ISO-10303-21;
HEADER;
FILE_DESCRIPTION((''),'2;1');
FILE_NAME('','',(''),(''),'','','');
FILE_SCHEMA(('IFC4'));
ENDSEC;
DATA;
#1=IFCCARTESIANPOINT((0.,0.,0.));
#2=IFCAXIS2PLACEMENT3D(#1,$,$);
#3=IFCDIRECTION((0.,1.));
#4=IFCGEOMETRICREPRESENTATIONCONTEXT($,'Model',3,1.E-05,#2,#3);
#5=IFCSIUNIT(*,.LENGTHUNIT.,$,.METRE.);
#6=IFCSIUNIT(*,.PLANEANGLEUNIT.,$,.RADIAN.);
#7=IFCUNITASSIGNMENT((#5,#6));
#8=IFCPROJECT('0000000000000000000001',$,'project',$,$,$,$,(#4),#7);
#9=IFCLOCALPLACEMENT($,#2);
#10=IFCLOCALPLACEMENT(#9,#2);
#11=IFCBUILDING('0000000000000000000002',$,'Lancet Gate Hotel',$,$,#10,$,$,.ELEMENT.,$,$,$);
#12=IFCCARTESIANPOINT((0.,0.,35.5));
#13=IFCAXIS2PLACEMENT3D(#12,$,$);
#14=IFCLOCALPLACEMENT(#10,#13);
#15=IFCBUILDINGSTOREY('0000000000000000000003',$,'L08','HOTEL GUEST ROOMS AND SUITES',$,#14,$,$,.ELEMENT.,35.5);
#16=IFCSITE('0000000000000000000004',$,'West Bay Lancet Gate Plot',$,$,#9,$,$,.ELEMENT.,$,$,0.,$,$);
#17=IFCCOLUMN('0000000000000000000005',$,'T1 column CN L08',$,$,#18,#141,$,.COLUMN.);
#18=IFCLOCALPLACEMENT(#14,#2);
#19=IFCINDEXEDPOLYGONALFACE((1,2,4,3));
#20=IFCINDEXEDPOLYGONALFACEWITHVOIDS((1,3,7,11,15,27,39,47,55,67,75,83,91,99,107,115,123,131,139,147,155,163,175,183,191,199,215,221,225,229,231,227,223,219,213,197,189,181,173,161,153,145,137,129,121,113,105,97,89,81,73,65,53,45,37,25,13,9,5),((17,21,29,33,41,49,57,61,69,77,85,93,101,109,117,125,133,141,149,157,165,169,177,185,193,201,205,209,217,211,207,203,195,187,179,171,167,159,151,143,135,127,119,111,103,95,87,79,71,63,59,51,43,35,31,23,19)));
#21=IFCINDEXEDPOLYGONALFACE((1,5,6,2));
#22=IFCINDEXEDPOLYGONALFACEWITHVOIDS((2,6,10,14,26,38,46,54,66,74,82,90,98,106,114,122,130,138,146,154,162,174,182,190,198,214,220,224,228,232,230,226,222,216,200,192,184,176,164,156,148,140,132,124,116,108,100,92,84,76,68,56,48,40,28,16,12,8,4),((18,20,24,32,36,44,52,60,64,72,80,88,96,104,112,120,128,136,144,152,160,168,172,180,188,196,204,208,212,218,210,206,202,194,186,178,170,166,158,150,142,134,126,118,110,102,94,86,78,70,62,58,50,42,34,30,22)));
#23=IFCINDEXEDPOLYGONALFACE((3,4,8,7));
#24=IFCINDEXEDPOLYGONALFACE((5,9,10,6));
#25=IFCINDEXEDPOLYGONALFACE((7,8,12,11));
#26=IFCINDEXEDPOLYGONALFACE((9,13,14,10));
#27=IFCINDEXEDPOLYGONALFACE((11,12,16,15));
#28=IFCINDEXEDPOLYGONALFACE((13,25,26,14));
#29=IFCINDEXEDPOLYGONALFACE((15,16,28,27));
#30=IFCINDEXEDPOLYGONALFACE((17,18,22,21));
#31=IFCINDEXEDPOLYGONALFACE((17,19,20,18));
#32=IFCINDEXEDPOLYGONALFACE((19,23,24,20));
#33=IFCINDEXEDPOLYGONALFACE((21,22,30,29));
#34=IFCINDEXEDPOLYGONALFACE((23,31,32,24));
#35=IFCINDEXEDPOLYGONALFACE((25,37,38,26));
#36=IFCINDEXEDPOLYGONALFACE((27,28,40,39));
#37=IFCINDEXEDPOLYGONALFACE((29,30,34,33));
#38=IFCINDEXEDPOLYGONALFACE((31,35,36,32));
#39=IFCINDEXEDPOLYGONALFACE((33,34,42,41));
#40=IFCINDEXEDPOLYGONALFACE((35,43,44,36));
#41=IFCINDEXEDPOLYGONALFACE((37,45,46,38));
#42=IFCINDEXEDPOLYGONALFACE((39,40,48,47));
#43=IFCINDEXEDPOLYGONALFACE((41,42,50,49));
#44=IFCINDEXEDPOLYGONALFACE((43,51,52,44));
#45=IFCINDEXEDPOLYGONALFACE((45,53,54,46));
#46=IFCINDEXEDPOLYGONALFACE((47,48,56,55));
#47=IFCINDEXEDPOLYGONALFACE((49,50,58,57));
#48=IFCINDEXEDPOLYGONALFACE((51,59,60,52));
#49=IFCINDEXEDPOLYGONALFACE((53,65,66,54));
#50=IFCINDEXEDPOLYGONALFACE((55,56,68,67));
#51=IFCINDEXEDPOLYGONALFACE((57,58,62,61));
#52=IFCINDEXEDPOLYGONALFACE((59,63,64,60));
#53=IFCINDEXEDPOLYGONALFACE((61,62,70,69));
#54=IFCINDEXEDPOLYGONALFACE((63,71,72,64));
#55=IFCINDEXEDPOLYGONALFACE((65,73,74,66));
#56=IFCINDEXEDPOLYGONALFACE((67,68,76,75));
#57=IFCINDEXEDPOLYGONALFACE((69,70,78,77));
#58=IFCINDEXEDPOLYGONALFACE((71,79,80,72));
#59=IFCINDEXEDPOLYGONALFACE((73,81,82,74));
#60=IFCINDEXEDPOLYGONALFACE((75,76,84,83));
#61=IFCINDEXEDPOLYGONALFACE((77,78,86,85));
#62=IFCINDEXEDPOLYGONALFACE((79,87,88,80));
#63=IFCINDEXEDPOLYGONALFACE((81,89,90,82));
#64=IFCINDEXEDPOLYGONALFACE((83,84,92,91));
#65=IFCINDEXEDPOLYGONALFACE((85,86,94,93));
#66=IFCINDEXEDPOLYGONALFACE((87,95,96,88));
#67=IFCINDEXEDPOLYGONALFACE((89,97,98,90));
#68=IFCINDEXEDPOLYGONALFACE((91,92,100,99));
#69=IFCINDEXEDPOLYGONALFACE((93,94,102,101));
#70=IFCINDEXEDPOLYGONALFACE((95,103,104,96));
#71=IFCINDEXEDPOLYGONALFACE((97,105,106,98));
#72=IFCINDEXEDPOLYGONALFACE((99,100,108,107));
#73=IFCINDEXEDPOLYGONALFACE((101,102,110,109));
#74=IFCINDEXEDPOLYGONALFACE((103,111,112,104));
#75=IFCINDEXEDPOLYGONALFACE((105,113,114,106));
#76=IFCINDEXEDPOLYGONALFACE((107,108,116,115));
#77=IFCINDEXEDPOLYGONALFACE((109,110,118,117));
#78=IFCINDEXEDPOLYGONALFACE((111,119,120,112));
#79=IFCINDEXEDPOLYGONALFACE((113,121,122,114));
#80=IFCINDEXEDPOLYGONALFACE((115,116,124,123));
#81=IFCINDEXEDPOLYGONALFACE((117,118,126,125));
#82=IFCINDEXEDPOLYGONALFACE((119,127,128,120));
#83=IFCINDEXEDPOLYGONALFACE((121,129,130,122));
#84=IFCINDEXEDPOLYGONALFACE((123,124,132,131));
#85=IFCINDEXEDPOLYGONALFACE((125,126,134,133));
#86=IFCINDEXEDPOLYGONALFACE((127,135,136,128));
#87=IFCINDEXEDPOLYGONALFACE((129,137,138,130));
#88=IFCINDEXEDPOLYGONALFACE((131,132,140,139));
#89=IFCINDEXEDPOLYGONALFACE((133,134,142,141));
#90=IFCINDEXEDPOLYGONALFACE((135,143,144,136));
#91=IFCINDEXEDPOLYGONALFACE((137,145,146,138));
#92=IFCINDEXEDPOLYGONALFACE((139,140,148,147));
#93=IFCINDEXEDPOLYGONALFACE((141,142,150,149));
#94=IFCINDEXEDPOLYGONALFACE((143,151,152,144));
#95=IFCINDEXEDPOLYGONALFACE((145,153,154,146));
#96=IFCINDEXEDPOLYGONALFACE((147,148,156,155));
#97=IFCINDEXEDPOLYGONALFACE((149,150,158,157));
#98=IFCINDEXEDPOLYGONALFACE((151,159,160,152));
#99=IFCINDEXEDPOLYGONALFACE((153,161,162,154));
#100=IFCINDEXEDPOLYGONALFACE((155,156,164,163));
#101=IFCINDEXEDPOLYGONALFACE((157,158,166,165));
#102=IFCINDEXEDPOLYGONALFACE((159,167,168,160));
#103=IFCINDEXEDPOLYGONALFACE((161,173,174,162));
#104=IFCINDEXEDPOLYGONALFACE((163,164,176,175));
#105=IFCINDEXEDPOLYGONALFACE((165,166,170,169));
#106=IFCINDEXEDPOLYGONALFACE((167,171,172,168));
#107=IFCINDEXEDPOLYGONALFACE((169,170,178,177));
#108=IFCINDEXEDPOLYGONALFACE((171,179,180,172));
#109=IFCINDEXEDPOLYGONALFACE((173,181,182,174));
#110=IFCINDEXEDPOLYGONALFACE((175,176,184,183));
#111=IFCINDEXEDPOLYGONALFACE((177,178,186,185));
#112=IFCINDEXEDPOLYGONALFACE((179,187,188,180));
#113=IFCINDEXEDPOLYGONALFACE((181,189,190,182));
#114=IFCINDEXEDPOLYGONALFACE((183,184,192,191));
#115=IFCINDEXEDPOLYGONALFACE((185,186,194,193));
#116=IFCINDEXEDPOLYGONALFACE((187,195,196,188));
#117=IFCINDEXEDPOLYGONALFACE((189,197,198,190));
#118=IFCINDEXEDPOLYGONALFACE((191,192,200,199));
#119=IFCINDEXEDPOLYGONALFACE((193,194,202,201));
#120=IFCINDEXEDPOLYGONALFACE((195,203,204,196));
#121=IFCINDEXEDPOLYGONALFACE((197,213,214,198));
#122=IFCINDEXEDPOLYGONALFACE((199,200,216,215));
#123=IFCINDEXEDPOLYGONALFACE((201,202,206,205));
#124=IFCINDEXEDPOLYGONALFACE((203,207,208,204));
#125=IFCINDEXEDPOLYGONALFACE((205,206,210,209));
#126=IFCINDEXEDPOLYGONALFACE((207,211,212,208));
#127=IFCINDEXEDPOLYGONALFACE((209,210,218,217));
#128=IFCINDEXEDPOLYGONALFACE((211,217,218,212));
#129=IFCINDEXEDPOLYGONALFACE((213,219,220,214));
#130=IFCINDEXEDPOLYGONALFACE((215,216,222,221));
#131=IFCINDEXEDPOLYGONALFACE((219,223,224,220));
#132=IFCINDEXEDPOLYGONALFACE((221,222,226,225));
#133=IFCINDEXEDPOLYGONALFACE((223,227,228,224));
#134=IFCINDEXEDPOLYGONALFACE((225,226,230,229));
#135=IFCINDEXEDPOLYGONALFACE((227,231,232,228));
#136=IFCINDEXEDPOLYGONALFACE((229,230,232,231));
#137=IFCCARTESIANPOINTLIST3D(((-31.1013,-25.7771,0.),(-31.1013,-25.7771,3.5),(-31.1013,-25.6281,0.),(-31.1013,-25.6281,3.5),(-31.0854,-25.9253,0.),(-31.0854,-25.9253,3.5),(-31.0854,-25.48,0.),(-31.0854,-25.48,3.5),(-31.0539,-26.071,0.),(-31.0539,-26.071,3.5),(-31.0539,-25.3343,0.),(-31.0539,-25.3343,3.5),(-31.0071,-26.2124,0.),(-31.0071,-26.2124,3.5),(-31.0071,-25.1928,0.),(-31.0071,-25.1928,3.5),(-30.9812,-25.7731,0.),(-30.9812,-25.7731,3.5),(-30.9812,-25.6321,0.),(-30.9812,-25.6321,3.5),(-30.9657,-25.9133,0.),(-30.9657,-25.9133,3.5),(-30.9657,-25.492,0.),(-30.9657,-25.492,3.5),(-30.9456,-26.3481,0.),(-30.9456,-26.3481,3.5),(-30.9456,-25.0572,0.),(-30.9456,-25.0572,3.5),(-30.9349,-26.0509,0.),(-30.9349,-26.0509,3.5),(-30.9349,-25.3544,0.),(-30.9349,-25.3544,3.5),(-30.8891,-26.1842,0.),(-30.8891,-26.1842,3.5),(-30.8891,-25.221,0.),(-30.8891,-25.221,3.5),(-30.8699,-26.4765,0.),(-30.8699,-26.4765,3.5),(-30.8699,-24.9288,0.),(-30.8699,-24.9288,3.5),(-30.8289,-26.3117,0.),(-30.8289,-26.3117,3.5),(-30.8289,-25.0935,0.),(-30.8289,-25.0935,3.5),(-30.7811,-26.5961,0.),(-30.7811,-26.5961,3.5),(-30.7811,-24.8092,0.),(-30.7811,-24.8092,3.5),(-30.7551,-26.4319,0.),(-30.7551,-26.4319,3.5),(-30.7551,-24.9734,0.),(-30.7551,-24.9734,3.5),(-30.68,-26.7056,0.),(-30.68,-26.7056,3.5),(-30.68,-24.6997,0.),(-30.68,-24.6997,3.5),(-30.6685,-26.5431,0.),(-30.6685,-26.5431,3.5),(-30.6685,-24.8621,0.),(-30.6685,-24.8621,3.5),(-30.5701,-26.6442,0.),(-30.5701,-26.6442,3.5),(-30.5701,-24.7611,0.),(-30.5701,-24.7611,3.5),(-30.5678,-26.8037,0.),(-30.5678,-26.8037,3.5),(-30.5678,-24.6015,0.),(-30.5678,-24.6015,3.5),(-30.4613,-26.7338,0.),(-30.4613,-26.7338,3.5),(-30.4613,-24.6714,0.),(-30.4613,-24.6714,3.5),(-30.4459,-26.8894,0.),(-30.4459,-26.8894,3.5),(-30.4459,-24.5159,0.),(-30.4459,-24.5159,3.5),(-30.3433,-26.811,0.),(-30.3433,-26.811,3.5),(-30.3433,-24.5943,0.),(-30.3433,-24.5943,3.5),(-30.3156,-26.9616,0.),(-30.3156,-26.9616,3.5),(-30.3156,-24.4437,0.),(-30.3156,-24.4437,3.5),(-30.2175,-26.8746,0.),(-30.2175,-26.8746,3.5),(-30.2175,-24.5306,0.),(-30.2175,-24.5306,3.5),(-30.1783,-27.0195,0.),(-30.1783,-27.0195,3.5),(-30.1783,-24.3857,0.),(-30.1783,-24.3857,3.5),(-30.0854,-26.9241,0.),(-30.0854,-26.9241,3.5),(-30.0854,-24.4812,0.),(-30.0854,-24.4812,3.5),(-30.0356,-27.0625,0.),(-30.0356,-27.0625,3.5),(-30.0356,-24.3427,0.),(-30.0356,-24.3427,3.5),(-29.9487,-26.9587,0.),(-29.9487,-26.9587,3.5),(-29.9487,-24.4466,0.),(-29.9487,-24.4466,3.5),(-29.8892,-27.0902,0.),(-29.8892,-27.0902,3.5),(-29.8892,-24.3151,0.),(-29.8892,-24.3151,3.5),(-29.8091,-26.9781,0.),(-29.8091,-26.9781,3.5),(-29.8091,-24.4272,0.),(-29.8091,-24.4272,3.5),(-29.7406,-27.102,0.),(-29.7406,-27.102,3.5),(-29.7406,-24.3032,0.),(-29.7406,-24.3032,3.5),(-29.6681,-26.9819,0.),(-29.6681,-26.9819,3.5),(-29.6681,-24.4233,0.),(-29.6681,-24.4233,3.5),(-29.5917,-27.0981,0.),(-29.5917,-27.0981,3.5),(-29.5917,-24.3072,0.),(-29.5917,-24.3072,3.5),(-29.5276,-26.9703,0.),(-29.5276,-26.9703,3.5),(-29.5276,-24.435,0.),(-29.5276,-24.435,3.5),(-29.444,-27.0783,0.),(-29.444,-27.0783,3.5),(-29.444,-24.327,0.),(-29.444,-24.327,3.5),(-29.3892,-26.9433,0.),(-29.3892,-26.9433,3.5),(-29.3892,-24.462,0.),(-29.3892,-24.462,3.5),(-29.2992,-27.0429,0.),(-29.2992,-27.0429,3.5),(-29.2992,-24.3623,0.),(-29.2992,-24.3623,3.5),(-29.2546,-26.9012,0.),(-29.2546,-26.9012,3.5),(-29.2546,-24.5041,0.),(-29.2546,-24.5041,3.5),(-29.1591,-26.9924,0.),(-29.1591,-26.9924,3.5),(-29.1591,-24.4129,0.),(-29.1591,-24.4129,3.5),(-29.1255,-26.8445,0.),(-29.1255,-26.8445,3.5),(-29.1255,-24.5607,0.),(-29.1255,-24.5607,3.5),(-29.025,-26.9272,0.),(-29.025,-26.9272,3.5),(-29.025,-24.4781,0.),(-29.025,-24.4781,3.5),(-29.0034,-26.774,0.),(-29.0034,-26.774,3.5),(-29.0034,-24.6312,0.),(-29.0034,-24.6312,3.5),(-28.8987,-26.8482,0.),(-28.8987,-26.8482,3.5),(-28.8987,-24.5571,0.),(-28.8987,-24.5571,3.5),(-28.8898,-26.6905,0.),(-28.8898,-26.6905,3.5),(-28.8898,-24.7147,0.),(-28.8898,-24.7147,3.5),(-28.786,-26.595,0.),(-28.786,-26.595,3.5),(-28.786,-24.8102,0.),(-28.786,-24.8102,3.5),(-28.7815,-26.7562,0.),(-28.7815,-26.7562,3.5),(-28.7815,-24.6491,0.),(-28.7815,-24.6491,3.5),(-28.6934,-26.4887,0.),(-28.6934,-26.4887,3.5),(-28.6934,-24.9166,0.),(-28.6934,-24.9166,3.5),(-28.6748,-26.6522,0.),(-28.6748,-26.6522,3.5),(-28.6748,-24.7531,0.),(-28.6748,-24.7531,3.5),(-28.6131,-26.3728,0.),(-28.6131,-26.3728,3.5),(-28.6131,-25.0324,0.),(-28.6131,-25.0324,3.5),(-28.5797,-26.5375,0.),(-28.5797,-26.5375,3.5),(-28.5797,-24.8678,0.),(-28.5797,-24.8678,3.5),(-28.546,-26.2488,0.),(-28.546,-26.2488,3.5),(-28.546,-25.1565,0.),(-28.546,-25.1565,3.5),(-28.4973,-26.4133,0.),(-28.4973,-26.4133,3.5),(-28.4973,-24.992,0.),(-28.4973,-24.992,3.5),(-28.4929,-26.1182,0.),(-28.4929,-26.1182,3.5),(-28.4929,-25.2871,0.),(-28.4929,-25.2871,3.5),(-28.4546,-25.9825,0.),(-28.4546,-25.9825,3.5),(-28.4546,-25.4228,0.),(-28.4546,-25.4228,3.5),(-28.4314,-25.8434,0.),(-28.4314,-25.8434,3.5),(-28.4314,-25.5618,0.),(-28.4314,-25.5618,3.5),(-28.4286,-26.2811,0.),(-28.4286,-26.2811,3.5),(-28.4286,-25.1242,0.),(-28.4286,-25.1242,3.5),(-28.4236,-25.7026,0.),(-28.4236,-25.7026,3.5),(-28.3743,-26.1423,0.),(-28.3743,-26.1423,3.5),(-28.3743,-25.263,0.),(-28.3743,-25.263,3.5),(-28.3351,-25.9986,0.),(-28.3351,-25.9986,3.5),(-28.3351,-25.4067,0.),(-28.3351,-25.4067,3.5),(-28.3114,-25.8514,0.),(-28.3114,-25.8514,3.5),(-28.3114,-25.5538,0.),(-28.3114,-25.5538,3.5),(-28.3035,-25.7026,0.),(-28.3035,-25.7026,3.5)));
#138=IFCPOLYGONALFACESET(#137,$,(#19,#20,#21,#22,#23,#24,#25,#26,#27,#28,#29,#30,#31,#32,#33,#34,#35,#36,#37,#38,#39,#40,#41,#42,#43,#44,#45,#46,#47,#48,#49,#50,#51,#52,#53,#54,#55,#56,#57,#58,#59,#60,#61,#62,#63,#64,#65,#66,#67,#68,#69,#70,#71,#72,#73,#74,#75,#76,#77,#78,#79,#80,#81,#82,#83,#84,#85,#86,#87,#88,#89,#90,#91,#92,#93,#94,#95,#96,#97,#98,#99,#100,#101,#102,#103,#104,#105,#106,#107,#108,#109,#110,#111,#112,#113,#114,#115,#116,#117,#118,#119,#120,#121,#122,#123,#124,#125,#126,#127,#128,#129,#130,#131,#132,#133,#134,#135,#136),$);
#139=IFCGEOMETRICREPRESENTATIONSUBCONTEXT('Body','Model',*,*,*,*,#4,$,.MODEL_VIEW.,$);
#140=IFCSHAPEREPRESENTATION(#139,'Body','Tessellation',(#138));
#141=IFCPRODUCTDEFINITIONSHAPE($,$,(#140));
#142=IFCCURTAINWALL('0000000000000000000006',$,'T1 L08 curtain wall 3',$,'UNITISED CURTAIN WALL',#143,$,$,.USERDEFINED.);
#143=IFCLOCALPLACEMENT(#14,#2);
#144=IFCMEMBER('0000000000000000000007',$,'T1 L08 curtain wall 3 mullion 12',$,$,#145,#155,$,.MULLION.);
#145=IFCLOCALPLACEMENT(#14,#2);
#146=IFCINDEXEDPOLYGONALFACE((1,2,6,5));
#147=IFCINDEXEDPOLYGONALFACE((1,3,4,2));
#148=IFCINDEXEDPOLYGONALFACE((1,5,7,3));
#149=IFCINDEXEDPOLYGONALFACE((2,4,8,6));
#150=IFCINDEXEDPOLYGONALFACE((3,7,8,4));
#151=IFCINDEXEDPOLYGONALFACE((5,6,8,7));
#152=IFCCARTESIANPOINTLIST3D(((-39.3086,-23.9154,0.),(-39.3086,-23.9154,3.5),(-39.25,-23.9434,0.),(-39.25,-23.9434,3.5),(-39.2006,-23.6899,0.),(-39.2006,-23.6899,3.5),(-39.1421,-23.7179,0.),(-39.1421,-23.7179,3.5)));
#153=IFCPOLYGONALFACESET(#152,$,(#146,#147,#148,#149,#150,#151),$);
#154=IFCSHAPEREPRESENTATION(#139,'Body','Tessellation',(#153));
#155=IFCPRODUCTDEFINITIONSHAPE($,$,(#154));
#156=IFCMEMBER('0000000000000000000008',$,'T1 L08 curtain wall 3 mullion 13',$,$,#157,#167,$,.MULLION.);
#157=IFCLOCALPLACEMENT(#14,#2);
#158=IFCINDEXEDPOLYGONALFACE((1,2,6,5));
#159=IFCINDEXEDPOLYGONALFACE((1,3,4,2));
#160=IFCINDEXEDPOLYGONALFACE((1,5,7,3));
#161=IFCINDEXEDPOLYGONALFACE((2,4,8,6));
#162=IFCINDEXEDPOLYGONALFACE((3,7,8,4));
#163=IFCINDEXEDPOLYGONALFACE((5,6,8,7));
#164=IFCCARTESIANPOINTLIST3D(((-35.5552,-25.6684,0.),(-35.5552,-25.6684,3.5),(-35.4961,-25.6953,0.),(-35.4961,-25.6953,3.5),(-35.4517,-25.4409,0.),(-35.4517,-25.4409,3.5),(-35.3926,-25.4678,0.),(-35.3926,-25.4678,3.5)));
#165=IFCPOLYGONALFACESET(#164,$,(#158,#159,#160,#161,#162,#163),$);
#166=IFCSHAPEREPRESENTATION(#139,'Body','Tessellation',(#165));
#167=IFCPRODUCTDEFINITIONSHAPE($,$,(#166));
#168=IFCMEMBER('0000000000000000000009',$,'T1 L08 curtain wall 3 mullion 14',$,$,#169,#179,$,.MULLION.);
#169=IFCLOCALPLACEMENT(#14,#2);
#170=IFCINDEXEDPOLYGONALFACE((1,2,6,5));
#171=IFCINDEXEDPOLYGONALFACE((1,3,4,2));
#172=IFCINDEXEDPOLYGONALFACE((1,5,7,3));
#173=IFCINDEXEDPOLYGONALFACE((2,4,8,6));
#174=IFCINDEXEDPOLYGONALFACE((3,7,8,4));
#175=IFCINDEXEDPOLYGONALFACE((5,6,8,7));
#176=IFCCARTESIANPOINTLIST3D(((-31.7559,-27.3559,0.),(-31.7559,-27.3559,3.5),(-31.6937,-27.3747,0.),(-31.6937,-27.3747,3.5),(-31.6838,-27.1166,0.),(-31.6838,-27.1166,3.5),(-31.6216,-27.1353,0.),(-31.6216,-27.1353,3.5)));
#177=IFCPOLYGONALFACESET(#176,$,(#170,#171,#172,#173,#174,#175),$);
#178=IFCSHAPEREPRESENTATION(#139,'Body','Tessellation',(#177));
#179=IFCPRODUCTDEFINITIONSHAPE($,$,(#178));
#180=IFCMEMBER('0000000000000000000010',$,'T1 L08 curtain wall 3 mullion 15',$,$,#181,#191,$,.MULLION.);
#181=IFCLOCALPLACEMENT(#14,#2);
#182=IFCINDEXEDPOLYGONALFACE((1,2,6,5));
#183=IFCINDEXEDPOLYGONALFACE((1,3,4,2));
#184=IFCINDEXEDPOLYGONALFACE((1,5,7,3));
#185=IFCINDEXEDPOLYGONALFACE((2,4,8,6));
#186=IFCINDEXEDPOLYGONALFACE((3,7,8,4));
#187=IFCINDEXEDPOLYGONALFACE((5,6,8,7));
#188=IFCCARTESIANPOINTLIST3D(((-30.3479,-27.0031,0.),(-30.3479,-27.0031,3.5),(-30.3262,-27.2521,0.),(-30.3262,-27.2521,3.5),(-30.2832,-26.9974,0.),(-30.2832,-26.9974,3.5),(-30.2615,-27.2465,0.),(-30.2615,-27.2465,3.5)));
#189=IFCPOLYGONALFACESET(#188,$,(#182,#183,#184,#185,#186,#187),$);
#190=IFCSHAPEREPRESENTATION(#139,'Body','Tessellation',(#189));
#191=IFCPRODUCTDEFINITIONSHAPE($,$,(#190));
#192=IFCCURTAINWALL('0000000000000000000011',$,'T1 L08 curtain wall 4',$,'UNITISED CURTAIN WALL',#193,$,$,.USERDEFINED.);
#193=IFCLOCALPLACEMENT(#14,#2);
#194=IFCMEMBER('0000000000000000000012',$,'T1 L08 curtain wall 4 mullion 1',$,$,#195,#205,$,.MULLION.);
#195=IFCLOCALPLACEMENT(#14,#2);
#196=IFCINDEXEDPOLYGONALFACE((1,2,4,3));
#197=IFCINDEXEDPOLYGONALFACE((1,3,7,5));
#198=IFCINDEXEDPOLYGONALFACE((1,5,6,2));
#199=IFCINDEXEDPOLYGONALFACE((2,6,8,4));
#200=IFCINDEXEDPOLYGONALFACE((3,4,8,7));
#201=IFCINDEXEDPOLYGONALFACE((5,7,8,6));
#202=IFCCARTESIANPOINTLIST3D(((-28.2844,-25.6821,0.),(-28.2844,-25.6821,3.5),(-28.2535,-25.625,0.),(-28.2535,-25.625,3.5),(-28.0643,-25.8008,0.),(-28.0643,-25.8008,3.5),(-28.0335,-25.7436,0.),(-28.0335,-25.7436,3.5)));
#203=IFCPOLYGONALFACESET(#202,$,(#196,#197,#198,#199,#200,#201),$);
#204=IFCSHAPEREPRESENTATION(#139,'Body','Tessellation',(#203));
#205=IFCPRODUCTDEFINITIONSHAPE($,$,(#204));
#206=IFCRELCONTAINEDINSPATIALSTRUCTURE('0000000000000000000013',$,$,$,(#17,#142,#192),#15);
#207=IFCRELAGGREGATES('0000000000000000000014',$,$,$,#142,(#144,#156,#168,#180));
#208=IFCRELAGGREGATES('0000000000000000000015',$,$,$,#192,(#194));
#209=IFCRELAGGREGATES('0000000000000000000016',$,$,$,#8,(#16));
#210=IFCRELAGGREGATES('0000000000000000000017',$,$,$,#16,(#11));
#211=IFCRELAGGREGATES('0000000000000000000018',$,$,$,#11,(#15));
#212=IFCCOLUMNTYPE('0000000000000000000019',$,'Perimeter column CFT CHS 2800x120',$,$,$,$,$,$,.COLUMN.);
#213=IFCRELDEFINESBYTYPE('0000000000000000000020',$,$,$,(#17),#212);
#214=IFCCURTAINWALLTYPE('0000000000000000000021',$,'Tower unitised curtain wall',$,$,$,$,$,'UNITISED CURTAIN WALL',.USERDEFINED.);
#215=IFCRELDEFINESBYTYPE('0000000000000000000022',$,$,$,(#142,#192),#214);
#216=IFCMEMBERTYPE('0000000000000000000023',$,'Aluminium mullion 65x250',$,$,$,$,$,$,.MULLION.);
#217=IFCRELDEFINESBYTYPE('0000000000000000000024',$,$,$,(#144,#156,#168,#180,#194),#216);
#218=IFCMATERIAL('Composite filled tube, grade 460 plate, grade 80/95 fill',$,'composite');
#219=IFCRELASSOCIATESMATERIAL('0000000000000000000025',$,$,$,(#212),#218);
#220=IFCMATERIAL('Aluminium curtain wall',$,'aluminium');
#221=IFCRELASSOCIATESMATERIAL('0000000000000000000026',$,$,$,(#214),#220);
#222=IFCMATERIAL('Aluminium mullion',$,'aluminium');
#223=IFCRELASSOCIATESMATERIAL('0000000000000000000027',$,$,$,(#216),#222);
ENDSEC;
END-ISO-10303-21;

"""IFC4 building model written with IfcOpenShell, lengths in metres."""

from ifc_helpers import new_model, si_unit, direction, frame, origin, origin_2d, place, context, subcontext, project, spatial, rectangle, hollow_circle, extrude, material, material_profile, profile_set, type_object, element, aggregate, save


model = new_model("IFC4")

# Units and contexts
model_context = context("Model", 3, precision=1e-05, world=origin(), true_north=direction((0.0, 1.0)))
body_context = subcontext(model_context, "Body", "Model", "MODEL_VIEW")
ifc_project = project(units=[si_unit("LENGTHUNIT", "METRE"), si_unit("PLANEANGLEUNIT", "RADIAN")], contexts=[model_context])

# Site, building, storey
site_placement = place(None, origin())
site = spatial("IfcSite", under=ifc_project, at=site_placement, Name="West Bay Lancet Gate Plot", CompositionType="ELEMENT", RefElevation=0.0)
building_placement = place(site_placement, origin())
building = spatial("IfcBuilding", under=site, at=building_placement, Name="Lancet Gate Hotel", CompositionType="ELEMENT")
storey_placement = place(building_placement, frame((0.0, 0.0, 35.5)))
storey = spatial("IfcBuildingStorey", under=building, at=storey_placement, Name="L08", Description="HOTEL GUEST ROOMS AND SUITES", CompositionType="ELEMENT", Elevation=35.5)

# Column
ifc_material_1 = material(Name="Composite filled tube, grade 460 plate, grade 80/95 fill", Category="composite")
ifc_material_profile_1 = material_profile(ifc_material_1, hollow_circle(Radius=1.3999, WallThickness=0.1201, at=origin_2d()), Name="CHS 2800x120")
ifc_profile_set_1 = profile_set([ifc_material_profile_1], Name="Composite filled tube, grade 460 plate, grade 80/95 fill")
column_type = type_object("IfcColumnType", Name="Perimeter column CFT CHS 2800x120", PredefinedType="COLUMN", material=ifc_profile_set_1)
column_placement = place(storey_placement, frame((-29.7034, -25.7026, 0.0), z_axis=(0.0, 0.0, 1.0), x_axis=(1.0, 0.0, 0.0)))
element("IfcColumn", 1, at=column_placement, inside=storey, type_object=column_type, Name="T1 column CN L08", PredefinedType="COLUMN", context=body_context, shape_type="SweptSolid", body=[
    extrude(hollow_circle(Radius=1.3999, WallThickness=0.1201, at=origin_2d()), origin(), (0.0, 0.0, 1.0), 3.5),
])

# Curtain walls, members
ifc_material_2 = material(Name="Aluminium curtain wall", Category="aluminium")
curtain_wall_type = type_object("IfcCurtainWallType", Name="Tower unitised curtain wall", ElementType="UNITISED CURTAIN WALL", PredefinedType="USERDEFINED", material=ifc_material_2)
curtain_wall_1_placement = place(storey_placement, origin())
curtain_wall_1 = element("IfcCurtainWall", 2, at=curtain_wall_1_placement, inside=storey, type_object=curtain_wall_type, Name="T1 L08 curtain wall 3", ObjectType="UNITISED CURTAIN WALL", PredefinedType="USERDEFINED")
ifc_material_3 = material(Name="Aluminium mullion", Category="aluminium")
ifc_material_profile_2 = material_profile(ifc_material_3, rectangle(XDim=0.0649, YDim=0.25, at=origin_2d()), Name="MULLION 65x250")
ifc_profile_set_2 = profile_set([ifc_material_profile_2], Name="Aluminium mullion")
member_type_1 = type_object("IfcMemberType", Name="Aluminium mullion 65x250", PredefinedType="MULLION", material=ifc_profile_set_2)
member_1_placement = place(storey_placement, frame((-39.2253, -23.8167, 0.0), z_axis=(0.0, 0.0, 1.0), x_axis=(0.901929, -0.431885, 0.0)))
member_1 = element("IfcMember", 3, at=member_1_placement, type_object=member_type_1, Name="T1 L08 curtain wall 3 mullion 12", PredefinedType="MULLION", context=body_context, shape_type="SweptSolid", body=[
    extrude(rectangle(XDim=0.0649, YDim=0.25, at=origin_2d()), origin(), (0.0, 0.0, 1.0), 3.5),
])
member_2_placement = place(storey_placement, frame((-35.4739, -25.5681, 0.0), z_axis=(0.0, 0.0, 1.0), x_axis=(0.91022, -0.414126, 0.0)))
member_2 = element("IfcMember", 4, at=member_2_placement, type_object=member_type_1, Name="T1 L08 curtain wall 3 mullion 13", PredefinedType="MULLION", context=body_context, shape_type="SweptSolid", body=[
    extrude(rectangle(XDim=0.0649, YDim=0.25, at=origin_2d()), origin(), (0.0, 0.0, 1.0), 3.5),
])
member_3_placement = place(storey_placement, frame((-31.6887, -27.2456, 0.0), z_axis=(0.0, 0.0, 1.0), x_axis=(0.957524, -0.288352, 0.0)))
member_3 = element("IfcMember", 5, at=member_3_placement, type_object=member_type_1, Name="T1 L08 curtain wall 3 mullion 14", PredefinedType="MULLION", context=body_context, shape_type="SweptSolid", body=[
    extrude(rectangle(XDim=0.0649, YDim=0.25, at=origin_2d()), origin(), (0.0, 0.0, 1.0), 3.5),
])
member_4_placement = place(storey_placement, frame((-30.3047, -27.1248, 0.0), z_axis=(0.0, 0.0, 1.0), x_axis=(0.996204, 0.087052, 0.0)))
member_4 = element("IfcMember", 6, at=member_4_placement, type_object=member_type_1, Name="T1 L08 curtain wall 3 mullion 15", PredefinedType="MULLION", context=body_context, shape_type="SweptSolid", body=[
    extrude(rectangle(XDim=0.0649, YDim=0.25, at=origin_2d()), origin(), (0.0, 0.0, 1.0), 3.5),
])
curtain_wall_2_placement = place(storey_placement, origin())
curtain_wall_2 = element("IfcCurtainWall", 7, at=curtain_wall_2_placement, inside=storey, type_object=curtain_wall_type, Name="T1 L08 curtain wall 4", ObjectType="UNITISED CURTAIN WALL", PredefinedType="USERDEFINED")
member_5_placement = place(storey_placement, frame((-28.1589, -25.7129, 0.0), z_axis=(0.0, 0.0, 1.0), x_axis=(0.474631, 0.880185, 0.0)))
member_5 = element("IfcMember", 8, at=member_5_placement, type_object=member_type_1, Name="T1 L08 curtain wall 4 mullion 1", PredefinedType="MULLION", context=body_context, shape_type="SweptSolid", body=[
    extrude(rectangle(XDim=0.0649, YDim=0.25, at=origin_2d()), origin(), (0.0, 0.0, 1.0), 3.5),
])

aggregate(curtain_wall_1, [member_1, member_2, member_3, member_4])
aggregate(curtain_wall_2, [member_5])

save(model, "model.ifc")
